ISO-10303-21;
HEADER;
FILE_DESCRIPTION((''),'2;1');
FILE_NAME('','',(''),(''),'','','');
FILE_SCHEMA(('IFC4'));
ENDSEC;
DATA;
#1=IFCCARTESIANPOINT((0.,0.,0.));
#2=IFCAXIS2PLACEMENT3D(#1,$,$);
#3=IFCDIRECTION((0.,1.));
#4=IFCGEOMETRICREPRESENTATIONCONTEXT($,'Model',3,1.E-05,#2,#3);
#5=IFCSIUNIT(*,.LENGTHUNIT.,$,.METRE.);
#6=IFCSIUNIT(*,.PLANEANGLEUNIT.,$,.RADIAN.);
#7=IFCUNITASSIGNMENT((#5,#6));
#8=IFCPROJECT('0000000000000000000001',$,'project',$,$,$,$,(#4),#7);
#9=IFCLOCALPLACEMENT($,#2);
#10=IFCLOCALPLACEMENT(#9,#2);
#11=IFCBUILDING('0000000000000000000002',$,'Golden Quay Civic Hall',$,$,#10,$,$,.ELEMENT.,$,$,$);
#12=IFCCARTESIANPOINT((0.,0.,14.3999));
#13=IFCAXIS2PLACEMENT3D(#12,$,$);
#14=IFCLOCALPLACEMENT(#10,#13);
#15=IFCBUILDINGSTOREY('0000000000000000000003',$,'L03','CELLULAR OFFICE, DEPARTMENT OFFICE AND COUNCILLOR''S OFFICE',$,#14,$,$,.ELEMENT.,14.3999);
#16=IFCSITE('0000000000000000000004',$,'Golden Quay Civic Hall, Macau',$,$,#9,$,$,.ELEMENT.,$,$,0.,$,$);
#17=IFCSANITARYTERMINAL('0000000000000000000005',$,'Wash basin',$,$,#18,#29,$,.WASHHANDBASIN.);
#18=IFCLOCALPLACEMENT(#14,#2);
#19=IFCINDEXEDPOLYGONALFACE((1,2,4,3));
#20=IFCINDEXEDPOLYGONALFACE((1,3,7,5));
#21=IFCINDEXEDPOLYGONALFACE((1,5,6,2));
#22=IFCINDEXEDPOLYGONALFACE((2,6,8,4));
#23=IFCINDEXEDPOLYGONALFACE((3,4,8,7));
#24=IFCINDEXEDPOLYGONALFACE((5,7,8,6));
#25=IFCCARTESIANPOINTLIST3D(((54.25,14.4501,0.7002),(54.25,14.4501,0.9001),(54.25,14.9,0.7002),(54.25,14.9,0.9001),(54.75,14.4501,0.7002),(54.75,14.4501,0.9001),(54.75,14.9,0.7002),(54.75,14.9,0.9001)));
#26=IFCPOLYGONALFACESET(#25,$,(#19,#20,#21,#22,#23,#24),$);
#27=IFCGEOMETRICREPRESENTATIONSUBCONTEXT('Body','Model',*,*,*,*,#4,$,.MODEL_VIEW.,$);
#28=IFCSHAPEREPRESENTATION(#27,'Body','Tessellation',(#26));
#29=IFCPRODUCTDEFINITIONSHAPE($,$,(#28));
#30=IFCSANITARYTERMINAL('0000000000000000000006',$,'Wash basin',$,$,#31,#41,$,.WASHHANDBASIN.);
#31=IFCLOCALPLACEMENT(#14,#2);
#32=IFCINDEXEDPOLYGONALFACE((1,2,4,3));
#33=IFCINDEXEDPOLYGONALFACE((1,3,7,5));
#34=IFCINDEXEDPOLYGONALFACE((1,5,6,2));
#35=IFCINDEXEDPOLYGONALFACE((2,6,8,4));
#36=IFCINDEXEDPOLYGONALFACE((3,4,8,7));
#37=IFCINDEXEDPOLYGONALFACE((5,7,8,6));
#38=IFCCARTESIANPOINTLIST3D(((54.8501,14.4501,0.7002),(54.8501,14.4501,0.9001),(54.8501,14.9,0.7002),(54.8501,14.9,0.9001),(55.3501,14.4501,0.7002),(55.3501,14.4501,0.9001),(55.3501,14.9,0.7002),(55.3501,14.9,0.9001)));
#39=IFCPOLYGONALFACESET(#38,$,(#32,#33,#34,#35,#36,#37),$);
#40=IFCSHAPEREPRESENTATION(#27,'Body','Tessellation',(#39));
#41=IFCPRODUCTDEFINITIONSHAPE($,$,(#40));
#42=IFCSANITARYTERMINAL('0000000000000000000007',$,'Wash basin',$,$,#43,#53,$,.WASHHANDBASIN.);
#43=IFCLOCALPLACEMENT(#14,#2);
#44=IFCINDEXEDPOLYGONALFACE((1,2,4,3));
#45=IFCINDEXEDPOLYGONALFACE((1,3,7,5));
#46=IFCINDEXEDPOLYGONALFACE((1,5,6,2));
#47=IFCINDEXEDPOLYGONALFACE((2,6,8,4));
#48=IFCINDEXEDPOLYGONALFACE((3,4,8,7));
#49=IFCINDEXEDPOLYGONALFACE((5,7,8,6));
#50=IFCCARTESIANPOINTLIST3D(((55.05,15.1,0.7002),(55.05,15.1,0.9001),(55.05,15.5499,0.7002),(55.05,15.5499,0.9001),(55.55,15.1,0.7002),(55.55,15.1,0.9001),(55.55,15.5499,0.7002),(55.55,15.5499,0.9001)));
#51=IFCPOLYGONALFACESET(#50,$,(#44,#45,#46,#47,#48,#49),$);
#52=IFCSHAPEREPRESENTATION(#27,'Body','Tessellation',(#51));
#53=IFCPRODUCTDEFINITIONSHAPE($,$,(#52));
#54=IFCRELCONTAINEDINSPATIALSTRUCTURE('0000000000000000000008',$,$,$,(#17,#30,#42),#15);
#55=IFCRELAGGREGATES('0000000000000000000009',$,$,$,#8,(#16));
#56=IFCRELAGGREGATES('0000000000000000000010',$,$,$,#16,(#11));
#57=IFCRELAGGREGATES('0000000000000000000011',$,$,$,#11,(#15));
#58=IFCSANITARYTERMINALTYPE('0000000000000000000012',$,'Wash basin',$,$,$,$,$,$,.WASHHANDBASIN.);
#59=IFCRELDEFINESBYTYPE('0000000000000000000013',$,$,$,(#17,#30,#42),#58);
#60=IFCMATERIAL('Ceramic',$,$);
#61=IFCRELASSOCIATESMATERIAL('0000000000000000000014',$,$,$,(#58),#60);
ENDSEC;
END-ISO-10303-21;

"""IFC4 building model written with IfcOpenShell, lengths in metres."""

from ifc_helpers import new_model, si_unit, direction, frame, origin, origin_2d, place, context, subcontext, project, spatial, rectangle, extrude, material, type_object, element, save


model = new_model("IFC4")

# Units and contexts
model_context = context("Model", 3, precision=1e-05, world=origin(), true_north=direction((0.0, 1.0)))
body_context = subcontext(model_context, "Body", "Model", "MODEL_VIEW")
ifc_project = project(units=[si_unit("LENGTHUNIT", "METRE"), si_unit("PLANEANGLEUNIT", "RADIAN")], contexts=[model_context])

# Site, building, storey
site_placement = place(None, origin())
site = spatial("IfcSite", under=ifc_project, at=site_placement, Name="Golden Quay Civic Hall, Macau", CompositionType="ELEMENT", RefElevation=0.0)
building_placement = place(site_placement, origin())
building = spatial("IfcBuilding", under=site, at=building_placement, Name="Golden Quay Civic Hall", CompositionType="ELEMENT")
storey_placement = place(building_placement, frame((0.0, 0.0, 14.3999)))
storey = spatial("IfcBuildingStorey", under=building, at=storey_placement, Name="L03", Description="CELLULAR OFFICE, DEPARTMENT OFFICE AND COUNCILLOR'S OFFICE", CompositionType="ELEMENT", Elevation=14.3999)

# Sanitary terminals
ifc_material_1 = material(Name="Ceramic")
sanitary_terminal_type_1 = type_object("IfcSanitaryTerminalType", Name="Wash basin", PredefinedType="WASHHANDBASIN", material=ifc_material_1)
for number, where, z_axis, x_axis, name in (
    (1, (54.5, 14.675, 0.7002), (0.0, 0.0, 1.0), (1.0, 0.0, 0.0), "Wash basin"),
    (2, (55.1001, 14.675, 0.7002), (0.0, 0.0, 1.0), (1.0, 0.0, 0.0), "Wash basin"),
    (3, (55.3, 15.325, 0.7002), (0.0, 0.0, 1.0), (1.0, 0.0, 0.0), "Wash basin"),
):
    element("IfcSanitaryTerminal", number, at=place(storey_placement, frame(where, z_axis=z_axis, x_axis=x_axis)), inside=storey, type_object=sanitary_terminal_type_1, Name=name, PredefinedType="WASHHANDBASIN", context=body_context, shape_type="SweptSolid", body=[
        extrude(rectangle(XDim=0.5, YDim=0.45, at=origin_2d()), origin(), (0.0, 0.0, 1.0), 0.2),
    ])

save(model, "model.ifc")
